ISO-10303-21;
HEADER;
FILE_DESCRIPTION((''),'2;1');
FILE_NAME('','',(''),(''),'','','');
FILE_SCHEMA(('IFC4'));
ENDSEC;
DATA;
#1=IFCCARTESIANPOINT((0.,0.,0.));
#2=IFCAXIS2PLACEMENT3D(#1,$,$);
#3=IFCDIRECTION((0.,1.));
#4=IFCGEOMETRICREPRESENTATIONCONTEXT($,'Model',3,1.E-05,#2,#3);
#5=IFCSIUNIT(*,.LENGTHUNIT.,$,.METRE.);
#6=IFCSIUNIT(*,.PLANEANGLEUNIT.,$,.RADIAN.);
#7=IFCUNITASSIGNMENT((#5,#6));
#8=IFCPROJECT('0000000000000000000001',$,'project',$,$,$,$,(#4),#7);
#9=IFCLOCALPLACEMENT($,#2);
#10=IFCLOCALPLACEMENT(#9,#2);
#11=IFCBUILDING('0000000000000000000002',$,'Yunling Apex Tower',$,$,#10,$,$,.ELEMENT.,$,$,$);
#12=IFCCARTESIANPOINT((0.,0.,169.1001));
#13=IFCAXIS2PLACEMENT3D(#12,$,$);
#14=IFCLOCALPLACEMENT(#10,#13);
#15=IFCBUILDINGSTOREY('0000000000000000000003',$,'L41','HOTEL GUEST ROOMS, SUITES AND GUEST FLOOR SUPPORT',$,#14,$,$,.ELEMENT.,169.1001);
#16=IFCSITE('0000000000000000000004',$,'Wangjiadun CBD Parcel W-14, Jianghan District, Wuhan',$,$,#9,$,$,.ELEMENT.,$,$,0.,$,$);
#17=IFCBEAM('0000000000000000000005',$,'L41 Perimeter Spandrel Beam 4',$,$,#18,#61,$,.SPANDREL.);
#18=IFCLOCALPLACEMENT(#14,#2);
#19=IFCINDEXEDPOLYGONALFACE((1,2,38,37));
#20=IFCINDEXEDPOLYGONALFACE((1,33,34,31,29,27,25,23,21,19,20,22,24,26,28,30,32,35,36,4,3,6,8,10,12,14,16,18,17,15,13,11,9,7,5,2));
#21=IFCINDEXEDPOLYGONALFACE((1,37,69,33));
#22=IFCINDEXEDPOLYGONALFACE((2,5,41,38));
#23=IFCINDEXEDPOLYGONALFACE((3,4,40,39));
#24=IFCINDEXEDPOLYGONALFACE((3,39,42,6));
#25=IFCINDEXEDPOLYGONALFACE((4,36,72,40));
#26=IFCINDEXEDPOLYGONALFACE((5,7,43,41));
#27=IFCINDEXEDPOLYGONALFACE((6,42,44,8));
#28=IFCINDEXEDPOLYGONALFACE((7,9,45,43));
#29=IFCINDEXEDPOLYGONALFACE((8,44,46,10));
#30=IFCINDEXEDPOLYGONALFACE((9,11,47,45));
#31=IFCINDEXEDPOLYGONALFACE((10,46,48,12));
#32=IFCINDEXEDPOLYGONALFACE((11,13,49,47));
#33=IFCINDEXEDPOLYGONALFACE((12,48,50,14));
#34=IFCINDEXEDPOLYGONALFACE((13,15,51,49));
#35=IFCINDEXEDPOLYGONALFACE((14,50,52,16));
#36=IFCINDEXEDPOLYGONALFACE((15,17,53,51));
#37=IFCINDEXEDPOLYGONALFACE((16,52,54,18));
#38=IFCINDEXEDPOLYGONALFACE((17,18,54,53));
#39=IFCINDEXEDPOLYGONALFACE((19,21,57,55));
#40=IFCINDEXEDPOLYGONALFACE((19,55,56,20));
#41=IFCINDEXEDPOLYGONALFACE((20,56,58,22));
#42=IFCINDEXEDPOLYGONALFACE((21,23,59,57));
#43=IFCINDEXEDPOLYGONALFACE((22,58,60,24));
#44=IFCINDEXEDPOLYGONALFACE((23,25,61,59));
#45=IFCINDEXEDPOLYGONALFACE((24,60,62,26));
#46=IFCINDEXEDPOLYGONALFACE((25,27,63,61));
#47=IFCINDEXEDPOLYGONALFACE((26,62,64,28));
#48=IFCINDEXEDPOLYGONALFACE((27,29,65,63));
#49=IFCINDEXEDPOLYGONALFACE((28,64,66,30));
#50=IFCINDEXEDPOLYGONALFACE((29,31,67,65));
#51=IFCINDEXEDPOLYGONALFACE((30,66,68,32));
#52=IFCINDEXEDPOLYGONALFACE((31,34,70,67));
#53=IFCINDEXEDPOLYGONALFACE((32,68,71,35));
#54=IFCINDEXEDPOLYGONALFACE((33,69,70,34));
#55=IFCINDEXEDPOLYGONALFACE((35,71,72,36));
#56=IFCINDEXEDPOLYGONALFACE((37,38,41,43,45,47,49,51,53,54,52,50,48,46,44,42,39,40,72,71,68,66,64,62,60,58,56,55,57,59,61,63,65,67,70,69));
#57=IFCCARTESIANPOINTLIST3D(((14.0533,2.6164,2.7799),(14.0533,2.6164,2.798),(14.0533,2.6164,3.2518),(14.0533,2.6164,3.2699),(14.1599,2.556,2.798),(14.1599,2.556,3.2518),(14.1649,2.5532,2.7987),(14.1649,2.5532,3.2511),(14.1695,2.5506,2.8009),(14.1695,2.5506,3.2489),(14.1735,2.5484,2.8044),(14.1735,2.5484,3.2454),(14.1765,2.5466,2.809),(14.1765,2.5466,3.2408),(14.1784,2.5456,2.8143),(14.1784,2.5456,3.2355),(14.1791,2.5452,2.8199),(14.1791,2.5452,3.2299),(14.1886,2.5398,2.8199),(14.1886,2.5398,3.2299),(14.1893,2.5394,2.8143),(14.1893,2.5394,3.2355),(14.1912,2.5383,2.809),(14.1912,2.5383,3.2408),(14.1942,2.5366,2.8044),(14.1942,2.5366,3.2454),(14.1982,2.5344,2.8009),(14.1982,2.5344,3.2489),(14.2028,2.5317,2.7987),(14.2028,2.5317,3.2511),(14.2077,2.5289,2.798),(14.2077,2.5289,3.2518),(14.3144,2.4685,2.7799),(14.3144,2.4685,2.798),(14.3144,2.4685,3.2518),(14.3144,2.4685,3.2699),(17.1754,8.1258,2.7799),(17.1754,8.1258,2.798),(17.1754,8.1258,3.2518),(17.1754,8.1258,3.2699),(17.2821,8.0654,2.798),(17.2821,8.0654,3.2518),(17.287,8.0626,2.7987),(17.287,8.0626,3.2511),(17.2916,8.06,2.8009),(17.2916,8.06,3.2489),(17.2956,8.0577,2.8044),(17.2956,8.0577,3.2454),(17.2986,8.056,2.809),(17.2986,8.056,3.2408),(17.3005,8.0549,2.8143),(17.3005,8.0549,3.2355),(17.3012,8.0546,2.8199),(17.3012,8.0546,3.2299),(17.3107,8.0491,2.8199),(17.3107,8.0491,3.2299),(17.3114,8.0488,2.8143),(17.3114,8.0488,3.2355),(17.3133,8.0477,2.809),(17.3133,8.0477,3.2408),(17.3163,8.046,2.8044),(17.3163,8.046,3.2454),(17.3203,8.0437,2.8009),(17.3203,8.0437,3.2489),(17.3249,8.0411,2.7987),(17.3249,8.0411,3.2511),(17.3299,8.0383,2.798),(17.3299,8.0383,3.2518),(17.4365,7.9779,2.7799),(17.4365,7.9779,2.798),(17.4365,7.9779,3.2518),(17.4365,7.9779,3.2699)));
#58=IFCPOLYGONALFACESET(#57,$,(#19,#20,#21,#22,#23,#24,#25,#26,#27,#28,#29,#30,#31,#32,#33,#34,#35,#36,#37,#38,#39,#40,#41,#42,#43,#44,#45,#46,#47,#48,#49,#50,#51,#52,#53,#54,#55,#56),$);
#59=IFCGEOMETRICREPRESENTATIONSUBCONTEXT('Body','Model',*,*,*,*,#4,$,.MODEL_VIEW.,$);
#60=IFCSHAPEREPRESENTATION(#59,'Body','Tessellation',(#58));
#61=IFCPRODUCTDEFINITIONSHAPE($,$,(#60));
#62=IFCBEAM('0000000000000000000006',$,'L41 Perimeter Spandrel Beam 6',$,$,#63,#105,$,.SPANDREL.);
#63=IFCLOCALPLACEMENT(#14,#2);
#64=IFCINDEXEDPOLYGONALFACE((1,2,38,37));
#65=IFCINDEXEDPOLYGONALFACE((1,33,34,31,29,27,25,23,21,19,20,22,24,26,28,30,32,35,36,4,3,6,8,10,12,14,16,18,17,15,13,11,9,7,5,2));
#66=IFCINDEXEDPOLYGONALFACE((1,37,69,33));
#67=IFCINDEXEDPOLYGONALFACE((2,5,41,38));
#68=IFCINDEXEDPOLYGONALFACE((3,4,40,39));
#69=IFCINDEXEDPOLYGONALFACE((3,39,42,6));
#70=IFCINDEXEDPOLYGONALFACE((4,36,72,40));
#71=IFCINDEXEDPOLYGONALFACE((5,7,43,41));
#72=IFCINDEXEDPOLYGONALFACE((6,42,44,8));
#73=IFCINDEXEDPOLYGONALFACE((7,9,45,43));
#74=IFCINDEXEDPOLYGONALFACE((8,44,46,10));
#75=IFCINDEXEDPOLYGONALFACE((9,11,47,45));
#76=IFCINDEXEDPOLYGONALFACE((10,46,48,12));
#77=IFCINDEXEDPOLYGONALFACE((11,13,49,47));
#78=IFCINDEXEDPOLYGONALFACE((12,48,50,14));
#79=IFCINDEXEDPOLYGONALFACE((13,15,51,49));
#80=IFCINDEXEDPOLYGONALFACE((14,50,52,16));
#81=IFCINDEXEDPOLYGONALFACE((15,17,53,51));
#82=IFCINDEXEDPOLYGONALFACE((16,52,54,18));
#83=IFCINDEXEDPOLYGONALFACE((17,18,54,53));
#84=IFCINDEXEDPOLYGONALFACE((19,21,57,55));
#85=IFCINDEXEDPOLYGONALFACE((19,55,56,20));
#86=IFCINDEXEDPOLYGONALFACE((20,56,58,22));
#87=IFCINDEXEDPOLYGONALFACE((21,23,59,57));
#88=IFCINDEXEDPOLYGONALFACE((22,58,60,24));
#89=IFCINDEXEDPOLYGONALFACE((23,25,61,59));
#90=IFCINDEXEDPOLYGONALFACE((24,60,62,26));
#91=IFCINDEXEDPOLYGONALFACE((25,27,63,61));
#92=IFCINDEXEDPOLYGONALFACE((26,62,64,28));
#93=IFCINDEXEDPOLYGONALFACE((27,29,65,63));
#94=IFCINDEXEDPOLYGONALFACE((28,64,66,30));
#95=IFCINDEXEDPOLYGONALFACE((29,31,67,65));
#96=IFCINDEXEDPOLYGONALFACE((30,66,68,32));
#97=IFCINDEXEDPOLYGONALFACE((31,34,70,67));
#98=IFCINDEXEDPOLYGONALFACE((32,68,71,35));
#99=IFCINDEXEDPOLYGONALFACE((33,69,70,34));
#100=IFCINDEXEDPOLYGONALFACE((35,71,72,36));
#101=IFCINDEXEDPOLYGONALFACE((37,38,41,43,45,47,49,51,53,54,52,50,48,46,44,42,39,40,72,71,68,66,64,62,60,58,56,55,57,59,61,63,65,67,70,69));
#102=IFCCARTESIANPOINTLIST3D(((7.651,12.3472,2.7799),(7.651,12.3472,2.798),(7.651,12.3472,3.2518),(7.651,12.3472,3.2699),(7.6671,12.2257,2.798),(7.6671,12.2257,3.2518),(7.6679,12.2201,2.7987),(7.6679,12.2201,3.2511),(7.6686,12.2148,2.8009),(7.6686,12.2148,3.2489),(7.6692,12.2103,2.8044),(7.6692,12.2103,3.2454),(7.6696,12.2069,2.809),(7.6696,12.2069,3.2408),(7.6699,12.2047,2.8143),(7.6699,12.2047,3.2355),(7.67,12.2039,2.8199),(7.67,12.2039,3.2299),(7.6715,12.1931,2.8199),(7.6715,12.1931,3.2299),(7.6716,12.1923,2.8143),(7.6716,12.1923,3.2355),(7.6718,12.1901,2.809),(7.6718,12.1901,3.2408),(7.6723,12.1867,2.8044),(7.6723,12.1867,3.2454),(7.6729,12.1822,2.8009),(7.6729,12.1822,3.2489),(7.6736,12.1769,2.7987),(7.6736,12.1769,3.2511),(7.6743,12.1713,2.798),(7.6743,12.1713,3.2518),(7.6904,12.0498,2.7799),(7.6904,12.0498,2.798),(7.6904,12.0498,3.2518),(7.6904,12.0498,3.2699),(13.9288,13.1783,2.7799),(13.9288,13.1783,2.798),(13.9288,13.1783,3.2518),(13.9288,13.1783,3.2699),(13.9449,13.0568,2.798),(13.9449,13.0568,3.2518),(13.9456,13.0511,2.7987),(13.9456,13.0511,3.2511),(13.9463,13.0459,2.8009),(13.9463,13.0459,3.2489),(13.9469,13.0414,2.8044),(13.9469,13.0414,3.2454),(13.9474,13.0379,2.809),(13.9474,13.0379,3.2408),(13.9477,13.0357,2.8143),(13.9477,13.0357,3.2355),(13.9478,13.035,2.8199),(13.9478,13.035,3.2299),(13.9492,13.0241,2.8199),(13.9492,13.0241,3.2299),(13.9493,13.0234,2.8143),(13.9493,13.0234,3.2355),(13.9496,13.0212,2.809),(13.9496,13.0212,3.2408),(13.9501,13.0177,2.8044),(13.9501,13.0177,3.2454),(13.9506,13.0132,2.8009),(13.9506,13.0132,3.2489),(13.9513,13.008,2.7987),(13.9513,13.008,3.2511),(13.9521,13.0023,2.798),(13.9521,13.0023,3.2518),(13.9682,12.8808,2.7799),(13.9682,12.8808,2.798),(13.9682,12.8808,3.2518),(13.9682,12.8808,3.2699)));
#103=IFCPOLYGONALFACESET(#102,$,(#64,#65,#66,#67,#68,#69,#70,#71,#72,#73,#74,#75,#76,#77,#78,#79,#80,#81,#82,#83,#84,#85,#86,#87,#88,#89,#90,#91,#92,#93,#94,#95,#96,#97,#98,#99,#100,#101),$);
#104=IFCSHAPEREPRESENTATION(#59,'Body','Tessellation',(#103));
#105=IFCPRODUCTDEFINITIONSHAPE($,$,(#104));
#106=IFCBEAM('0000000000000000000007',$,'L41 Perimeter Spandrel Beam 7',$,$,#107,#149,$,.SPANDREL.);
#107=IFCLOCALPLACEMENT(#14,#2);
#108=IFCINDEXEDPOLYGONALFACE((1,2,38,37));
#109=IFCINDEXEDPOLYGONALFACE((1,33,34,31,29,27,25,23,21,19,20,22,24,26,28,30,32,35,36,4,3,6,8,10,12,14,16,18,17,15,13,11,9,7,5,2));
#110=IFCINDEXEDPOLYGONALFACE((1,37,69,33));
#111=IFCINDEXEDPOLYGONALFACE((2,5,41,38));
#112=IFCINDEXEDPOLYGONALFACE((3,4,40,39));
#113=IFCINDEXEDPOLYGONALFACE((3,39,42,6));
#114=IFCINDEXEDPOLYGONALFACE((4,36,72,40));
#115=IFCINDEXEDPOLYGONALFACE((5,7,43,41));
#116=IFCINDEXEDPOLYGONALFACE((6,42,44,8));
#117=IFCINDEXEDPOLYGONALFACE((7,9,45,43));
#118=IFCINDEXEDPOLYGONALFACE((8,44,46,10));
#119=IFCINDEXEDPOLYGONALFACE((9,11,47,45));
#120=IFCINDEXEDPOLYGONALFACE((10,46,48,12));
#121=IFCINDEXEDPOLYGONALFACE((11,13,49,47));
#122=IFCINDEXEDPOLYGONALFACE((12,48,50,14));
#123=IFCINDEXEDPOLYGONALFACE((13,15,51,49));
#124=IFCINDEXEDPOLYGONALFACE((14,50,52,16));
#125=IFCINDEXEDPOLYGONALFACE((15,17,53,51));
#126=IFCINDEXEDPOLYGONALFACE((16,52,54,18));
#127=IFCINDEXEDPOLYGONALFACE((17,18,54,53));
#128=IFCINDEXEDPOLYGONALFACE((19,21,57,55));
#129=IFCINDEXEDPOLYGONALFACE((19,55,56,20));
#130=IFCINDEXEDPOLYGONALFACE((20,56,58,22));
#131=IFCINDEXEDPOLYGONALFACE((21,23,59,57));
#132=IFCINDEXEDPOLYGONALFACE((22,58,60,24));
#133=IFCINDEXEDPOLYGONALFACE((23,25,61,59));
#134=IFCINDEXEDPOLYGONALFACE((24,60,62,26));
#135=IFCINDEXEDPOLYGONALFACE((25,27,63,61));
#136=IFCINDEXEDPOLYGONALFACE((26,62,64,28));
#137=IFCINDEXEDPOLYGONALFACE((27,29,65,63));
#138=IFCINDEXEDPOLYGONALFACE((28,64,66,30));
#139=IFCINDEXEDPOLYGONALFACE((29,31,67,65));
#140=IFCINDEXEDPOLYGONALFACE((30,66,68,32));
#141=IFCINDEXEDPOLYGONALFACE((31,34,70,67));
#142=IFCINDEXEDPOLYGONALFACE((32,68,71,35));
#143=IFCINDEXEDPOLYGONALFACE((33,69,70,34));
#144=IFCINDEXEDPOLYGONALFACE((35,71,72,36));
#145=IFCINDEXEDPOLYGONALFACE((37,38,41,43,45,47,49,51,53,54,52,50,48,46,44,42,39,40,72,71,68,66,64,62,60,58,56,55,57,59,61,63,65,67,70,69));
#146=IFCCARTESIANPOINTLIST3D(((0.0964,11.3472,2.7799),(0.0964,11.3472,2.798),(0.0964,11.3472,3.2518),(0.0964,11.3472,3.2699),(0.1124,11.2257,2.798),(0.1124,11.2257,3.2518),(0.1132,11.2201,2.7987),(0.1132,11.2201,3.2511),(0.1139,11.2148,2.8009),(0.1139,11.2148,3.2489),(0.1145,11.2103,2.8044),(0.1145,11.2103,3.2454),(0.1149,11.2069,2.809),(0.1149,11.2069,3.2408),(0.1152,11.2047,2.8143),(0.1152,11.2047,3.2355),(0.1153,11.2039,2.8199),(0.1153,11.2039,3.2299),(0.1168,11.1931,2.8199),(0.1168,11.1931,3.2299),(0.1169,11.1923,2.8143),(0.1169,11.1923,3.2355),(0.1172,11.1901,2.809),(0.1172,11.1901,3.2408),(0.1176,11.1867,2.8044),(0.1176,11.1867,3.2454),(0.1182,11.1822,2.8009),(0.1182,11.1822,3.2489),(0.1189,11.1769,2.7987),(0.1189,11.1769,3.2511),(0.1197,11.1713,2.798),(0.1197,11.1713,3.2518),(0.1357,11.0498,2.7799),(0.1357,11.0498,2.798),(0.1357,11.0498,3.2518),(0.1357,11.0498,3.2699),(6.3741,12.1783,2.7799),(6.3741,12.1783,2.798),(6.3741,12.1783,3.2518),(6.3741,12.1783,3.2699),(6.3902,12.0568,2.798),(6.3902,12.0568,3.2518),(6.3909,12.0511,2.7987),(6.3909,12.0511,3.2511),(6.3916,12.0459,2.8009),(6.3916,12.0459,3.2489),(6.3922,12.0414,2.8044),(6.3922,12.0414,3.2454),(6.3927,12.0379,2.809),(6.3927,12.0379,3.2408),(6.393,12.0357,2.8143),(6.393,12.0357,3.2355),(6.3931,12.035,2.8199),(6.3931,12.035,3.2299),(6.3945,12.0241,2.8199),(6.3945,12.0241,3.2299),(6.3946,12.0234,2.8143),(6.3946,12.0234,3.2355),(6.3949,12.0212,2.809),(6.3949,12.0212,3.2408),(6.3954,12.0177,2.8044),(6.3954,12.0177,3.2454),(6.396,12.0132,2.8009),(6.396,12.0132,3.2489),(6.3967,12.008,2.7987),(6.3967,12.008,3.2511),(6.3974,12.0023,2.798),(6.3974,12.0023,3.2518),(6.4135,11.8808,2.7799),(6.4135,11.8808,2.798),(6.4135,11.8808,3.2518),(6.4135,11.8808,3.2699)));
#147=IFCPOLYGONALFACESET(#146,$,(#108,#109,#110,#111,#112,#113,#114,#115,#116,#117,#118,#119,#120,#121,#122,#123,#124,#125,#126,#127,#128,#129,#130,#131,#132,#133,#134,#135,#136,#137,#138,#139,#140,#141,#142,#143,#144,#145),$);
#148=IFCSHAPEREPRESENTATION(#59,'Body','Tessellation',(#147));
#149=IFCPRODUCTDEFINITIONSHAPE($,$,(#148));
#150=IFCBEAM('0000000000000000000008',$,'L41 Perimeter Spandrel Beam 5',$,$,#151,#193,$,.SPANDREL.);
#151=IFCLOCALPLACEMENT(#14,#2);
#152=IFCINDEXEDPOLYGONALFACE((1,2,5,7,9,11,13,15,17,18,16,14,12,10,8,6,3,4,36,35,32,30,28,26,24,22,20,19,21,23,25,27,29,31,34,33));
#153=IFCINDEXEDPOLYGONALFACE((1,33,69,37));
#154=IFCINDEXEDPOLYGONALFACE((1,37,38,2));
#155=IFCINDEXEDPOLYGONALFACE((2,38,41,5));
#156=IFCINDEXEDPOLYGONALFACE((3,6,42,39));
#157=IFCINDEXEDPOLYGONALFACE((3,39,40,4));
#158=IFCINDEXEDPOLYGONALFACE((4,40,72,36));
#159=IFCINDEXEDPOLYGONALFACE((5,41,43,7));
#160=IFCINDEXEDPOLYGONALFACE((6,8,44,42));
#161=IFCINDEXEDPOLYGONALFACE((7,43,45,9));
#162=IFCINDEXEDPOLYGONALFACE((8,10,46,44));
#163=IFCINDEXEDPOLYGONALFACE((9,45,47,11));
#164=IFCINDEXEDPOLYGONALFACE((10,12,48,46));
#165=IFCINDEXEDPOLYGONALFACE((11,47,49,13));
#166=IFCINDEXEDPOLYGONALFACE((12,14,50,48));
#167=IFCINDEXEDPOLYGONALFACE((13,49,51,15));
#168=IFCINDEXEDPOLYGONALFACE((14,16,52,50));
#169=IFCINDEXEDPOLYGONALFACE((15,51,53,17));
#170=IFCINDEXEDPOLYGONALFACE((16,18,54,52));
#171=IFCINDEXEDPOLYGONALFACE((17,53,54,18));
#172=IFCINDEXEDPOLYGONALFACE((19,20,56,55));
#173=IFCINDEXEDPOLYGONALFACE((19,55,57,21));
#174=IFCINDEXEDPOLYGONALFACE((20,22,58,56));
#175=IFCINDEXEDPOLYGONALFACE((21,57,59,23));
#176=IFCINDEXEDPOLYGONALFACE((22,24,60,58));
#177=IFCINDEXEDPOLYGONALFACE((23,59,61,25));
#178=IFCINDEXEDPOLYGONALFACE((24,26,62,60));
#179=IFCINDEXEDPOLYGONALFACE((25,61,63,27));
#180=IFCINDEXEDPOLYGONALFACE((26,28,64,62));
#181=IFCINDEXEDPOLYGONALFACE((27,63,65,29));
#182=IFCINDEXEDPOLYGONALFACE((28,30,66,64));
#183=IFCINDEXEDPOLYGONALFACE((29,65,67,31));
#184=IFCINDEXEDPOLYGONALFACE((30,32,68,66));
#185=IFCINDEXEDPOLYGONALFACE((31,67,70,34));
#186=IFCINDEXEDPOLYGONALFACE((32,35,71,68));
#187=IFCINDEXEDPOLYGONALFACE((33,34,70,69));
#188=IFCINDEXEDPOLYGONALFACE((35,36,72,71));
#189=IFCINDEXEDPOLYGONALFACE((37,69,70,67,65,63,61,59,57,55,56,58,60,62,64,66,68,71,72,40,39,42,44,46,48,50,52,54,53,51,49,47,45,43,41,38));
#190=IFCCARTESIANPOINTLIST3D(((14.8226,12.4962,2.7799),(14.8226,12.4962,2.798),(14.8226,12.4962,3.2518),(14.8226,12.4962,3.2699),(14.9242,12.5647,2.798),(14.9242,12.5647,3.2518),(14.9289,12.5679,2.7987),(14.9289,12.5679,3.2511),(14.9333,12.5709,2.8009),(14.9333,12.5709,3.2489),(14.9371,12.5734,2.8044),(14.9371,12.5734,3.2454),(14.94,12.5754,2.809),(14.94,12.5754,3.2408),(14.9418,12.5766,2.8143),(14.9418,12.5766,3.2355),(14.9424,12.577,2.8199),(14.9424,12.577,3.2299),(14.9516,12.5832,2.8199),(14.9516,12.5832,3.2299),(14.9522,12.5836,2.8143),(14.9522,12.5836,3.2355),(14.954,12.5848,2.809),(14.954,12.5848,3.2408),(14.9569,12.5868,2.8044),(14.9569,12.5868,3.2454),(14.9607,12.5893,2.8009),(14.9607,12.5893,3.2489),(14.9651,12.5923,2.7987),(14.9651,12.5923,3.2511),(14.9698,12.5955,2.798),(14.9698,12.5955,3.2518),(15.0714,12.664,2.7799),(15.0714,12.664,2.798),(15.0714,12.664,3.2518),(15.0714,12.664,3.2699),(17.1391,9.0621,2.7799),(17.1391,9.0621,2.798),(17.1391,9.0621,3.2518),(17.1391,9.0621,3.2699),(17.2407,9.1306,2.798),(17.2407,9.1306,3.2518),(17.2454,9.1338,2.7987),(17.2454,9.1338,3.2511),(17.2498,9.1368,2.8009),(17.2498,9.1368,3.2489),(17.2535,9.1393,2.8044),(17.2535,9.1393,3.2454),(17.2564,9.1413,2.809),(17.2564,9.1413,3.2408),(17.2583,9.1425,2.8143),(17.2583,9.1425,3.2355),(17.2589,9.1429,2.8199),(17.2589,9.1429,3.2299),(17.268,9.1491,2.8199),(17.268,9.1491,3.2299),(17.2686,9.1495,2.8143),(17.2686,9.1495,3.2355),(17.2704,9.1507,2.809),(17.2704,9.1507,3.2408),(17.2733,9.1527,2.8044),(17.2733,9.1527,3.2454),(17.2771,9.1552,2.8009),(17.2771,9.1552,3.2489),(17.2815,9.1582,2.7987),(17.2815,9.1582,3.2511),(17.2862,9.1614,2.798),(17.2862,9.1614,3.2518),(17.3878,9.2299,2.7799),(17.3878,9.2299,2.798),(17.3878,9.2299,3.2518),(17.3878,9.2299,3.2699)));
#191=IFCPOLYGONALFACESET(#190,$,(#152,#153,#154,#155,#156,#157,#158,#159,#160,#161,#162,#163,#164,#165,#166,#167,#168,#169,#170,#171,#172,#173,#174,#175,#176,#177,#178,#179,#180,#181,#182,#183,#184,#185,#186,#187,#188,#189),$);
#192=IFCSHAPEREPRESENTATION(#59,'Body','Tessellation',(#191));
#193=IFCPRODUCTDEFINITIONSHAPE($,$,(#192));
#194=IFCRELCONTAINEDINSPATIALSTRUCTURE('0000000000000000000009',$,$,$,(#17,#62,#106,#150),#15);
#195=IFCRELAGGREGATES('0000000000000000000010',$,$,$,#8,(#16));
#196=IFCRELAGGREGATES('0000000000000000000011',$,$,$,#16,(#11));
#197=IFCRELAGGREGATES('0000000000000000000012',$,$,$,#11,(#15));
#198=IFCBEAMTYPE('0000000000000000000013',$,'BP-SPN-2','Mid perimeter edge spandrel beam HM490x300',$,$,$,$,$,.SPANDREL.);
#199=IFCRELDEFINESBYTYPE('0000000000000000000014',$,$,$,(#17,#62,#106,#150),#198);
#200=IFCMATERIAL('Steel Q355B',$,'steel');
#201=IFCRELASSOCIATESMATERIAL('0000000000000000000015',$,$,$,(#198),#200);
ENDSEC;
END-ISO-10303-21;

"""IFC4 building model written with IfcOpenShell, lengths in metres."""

from ifc_helpers import new_model, si_unit, direction, frame, origin, origin_2d, place, context, subcontext, project, spatial, i_section, extrude, source, transform, mapped, material, material_profile, profile_set, type_object, element, save


model = new_model("IFC4")

# Units and contexts
model_context = context("Model", 3, precision=1e-05, world=origin(), true_north=direction((0.0, 1.0)))
body_context = subcontext(model_context, "Body", "Model", "MODEL_VIEW")
ifc_project = project(units=[si_unit("LENGTHUNIT", "METRE"), si_unit("PLANEANGLEUNIT", "RADIAN")], contexts=[model_context])

# Site, building, storey
site_placement = place(None, origin())
site = spatial("IfcSite", under=ifc_project, at=site_placement, Name="Wangjiadun CBD Parcel W-14, Jianghan District, Wuhan", CompositionType="ELEMENT", RefElevation=0.0)
building_placement = place(site_placement, origin())
building = spatial("IfcBuilding", under=site, at=building_placement, Name="Yunling Apex Tower", CompositionType="ELEMENT")
storey_placement = place(building_placement, frame((0.0, 0.0, 169.1001)))
storey = spatial("IfcBuildingStorey", under=building, at=storey_placement, Name="L41", Description="HOTEL GUEST ROOMS, SUITES AND GUEST FLOOR SUPPORT", CompositionType="ELEMENT", Elevation=169.1001)

# Beams
ifc_material_1 = material(Name="Steel Q355B", Category="steel")
ifc_material_profile_1 = material_profile(ifc_material_1, i_section(OverallWidth=0.3, OverallDepth=0.49, WebThickness=0.011, FlangeThickness=0.0181, FilletRadius=0.022, at=origin_2d()))
ifc_profile_set_1 = profile_set([ifc_material_profile_1], Name="Steel Q355B")
beam_type_1 = type_object("IfcBeamType", Name="BP-SPN-2", Description="Mid perimeter edge spandrel beam HM490x300", PredefinedType="SPANDREL", material=ifc_profile_set_1)
shared_shape_1 = source(origin(), body_context, "Body", "SweptSolid", [
    extrude(i_section(OverallWidth=0.3, OverallDepth=0.49, WebThickness=0.011, FlangeThickness=0.0181, FilletRadius=0.022, at=origin_2d()), origin(), (0.0, 0.0, 1.0), 6.3325),
])
for number, where, z_axis, x_axis, name in (
    (1, (14.1838, 2.5425, 3.0249), (0.49303, 0.870012, 0.0), (-0.870012, 0.49303, 0.0), "L41 Perimeter Spandrel Beam 4"),
    (2, (13.9485, 13.0295, 3.0249), (-0.991351, -0.131234, 0.0), (0.131234, -0.991351, 0.0), "L41 Perimeter Spandrel Beam 6"),
    (3, (6.3938, 12.0295, 3.0249), (-0.991351, -0.131234, 0.0), (0.131234, -0.991351, 0.0), "L41 Perimeter Spandrel Beam 7"),
):
    element("IfcBeam", number, at=place(storey_placement, frame(where, z_axis=z_axis, x_axis=x_axis)), inside=storey, type_object=beam_type_1, Name=name, PredefinedType="SPANDREL", context=body_context, shape_type="MappedRepresentation", body=[
        mapped(shared_shape_1, transform((0.0, 0.0, 0.0), scale=1.0)),
    ])
shared_shape_2 = source(origin(), body_context, "Body", "SweptSolid", [
    extrude(i_section(OverallWidth=0.3, OverallDepth=0.49, WebThickness=0.011, FlangeThickness=0.0181, FilletRadius=0.022, at=origin_2d()), origin(), (0.0, 0.0, 1.0), 4.1423),
])
beam_1_placement = place(storey_placement, frame((17.2634, 9.146, 3.0249), z_axis=(-0.559208, 0.829028, 0.0), x_axis=(-0.829028, -0.559208, 0.0)))
element("IfcBeam", 4, at=beam_1_placement, inside=storey, type_object=beam_type_1, Name="L41 Perimeter Spandrel Beam 5", PredefinedType="SPANDREL", context=body_context, shape_type="MappedRepresentation", body=[
    mapped(shared_shape_2, transform((0.0, 0.0, 0.0), scale=1.0)),
])

save(model, "model.ifc")
